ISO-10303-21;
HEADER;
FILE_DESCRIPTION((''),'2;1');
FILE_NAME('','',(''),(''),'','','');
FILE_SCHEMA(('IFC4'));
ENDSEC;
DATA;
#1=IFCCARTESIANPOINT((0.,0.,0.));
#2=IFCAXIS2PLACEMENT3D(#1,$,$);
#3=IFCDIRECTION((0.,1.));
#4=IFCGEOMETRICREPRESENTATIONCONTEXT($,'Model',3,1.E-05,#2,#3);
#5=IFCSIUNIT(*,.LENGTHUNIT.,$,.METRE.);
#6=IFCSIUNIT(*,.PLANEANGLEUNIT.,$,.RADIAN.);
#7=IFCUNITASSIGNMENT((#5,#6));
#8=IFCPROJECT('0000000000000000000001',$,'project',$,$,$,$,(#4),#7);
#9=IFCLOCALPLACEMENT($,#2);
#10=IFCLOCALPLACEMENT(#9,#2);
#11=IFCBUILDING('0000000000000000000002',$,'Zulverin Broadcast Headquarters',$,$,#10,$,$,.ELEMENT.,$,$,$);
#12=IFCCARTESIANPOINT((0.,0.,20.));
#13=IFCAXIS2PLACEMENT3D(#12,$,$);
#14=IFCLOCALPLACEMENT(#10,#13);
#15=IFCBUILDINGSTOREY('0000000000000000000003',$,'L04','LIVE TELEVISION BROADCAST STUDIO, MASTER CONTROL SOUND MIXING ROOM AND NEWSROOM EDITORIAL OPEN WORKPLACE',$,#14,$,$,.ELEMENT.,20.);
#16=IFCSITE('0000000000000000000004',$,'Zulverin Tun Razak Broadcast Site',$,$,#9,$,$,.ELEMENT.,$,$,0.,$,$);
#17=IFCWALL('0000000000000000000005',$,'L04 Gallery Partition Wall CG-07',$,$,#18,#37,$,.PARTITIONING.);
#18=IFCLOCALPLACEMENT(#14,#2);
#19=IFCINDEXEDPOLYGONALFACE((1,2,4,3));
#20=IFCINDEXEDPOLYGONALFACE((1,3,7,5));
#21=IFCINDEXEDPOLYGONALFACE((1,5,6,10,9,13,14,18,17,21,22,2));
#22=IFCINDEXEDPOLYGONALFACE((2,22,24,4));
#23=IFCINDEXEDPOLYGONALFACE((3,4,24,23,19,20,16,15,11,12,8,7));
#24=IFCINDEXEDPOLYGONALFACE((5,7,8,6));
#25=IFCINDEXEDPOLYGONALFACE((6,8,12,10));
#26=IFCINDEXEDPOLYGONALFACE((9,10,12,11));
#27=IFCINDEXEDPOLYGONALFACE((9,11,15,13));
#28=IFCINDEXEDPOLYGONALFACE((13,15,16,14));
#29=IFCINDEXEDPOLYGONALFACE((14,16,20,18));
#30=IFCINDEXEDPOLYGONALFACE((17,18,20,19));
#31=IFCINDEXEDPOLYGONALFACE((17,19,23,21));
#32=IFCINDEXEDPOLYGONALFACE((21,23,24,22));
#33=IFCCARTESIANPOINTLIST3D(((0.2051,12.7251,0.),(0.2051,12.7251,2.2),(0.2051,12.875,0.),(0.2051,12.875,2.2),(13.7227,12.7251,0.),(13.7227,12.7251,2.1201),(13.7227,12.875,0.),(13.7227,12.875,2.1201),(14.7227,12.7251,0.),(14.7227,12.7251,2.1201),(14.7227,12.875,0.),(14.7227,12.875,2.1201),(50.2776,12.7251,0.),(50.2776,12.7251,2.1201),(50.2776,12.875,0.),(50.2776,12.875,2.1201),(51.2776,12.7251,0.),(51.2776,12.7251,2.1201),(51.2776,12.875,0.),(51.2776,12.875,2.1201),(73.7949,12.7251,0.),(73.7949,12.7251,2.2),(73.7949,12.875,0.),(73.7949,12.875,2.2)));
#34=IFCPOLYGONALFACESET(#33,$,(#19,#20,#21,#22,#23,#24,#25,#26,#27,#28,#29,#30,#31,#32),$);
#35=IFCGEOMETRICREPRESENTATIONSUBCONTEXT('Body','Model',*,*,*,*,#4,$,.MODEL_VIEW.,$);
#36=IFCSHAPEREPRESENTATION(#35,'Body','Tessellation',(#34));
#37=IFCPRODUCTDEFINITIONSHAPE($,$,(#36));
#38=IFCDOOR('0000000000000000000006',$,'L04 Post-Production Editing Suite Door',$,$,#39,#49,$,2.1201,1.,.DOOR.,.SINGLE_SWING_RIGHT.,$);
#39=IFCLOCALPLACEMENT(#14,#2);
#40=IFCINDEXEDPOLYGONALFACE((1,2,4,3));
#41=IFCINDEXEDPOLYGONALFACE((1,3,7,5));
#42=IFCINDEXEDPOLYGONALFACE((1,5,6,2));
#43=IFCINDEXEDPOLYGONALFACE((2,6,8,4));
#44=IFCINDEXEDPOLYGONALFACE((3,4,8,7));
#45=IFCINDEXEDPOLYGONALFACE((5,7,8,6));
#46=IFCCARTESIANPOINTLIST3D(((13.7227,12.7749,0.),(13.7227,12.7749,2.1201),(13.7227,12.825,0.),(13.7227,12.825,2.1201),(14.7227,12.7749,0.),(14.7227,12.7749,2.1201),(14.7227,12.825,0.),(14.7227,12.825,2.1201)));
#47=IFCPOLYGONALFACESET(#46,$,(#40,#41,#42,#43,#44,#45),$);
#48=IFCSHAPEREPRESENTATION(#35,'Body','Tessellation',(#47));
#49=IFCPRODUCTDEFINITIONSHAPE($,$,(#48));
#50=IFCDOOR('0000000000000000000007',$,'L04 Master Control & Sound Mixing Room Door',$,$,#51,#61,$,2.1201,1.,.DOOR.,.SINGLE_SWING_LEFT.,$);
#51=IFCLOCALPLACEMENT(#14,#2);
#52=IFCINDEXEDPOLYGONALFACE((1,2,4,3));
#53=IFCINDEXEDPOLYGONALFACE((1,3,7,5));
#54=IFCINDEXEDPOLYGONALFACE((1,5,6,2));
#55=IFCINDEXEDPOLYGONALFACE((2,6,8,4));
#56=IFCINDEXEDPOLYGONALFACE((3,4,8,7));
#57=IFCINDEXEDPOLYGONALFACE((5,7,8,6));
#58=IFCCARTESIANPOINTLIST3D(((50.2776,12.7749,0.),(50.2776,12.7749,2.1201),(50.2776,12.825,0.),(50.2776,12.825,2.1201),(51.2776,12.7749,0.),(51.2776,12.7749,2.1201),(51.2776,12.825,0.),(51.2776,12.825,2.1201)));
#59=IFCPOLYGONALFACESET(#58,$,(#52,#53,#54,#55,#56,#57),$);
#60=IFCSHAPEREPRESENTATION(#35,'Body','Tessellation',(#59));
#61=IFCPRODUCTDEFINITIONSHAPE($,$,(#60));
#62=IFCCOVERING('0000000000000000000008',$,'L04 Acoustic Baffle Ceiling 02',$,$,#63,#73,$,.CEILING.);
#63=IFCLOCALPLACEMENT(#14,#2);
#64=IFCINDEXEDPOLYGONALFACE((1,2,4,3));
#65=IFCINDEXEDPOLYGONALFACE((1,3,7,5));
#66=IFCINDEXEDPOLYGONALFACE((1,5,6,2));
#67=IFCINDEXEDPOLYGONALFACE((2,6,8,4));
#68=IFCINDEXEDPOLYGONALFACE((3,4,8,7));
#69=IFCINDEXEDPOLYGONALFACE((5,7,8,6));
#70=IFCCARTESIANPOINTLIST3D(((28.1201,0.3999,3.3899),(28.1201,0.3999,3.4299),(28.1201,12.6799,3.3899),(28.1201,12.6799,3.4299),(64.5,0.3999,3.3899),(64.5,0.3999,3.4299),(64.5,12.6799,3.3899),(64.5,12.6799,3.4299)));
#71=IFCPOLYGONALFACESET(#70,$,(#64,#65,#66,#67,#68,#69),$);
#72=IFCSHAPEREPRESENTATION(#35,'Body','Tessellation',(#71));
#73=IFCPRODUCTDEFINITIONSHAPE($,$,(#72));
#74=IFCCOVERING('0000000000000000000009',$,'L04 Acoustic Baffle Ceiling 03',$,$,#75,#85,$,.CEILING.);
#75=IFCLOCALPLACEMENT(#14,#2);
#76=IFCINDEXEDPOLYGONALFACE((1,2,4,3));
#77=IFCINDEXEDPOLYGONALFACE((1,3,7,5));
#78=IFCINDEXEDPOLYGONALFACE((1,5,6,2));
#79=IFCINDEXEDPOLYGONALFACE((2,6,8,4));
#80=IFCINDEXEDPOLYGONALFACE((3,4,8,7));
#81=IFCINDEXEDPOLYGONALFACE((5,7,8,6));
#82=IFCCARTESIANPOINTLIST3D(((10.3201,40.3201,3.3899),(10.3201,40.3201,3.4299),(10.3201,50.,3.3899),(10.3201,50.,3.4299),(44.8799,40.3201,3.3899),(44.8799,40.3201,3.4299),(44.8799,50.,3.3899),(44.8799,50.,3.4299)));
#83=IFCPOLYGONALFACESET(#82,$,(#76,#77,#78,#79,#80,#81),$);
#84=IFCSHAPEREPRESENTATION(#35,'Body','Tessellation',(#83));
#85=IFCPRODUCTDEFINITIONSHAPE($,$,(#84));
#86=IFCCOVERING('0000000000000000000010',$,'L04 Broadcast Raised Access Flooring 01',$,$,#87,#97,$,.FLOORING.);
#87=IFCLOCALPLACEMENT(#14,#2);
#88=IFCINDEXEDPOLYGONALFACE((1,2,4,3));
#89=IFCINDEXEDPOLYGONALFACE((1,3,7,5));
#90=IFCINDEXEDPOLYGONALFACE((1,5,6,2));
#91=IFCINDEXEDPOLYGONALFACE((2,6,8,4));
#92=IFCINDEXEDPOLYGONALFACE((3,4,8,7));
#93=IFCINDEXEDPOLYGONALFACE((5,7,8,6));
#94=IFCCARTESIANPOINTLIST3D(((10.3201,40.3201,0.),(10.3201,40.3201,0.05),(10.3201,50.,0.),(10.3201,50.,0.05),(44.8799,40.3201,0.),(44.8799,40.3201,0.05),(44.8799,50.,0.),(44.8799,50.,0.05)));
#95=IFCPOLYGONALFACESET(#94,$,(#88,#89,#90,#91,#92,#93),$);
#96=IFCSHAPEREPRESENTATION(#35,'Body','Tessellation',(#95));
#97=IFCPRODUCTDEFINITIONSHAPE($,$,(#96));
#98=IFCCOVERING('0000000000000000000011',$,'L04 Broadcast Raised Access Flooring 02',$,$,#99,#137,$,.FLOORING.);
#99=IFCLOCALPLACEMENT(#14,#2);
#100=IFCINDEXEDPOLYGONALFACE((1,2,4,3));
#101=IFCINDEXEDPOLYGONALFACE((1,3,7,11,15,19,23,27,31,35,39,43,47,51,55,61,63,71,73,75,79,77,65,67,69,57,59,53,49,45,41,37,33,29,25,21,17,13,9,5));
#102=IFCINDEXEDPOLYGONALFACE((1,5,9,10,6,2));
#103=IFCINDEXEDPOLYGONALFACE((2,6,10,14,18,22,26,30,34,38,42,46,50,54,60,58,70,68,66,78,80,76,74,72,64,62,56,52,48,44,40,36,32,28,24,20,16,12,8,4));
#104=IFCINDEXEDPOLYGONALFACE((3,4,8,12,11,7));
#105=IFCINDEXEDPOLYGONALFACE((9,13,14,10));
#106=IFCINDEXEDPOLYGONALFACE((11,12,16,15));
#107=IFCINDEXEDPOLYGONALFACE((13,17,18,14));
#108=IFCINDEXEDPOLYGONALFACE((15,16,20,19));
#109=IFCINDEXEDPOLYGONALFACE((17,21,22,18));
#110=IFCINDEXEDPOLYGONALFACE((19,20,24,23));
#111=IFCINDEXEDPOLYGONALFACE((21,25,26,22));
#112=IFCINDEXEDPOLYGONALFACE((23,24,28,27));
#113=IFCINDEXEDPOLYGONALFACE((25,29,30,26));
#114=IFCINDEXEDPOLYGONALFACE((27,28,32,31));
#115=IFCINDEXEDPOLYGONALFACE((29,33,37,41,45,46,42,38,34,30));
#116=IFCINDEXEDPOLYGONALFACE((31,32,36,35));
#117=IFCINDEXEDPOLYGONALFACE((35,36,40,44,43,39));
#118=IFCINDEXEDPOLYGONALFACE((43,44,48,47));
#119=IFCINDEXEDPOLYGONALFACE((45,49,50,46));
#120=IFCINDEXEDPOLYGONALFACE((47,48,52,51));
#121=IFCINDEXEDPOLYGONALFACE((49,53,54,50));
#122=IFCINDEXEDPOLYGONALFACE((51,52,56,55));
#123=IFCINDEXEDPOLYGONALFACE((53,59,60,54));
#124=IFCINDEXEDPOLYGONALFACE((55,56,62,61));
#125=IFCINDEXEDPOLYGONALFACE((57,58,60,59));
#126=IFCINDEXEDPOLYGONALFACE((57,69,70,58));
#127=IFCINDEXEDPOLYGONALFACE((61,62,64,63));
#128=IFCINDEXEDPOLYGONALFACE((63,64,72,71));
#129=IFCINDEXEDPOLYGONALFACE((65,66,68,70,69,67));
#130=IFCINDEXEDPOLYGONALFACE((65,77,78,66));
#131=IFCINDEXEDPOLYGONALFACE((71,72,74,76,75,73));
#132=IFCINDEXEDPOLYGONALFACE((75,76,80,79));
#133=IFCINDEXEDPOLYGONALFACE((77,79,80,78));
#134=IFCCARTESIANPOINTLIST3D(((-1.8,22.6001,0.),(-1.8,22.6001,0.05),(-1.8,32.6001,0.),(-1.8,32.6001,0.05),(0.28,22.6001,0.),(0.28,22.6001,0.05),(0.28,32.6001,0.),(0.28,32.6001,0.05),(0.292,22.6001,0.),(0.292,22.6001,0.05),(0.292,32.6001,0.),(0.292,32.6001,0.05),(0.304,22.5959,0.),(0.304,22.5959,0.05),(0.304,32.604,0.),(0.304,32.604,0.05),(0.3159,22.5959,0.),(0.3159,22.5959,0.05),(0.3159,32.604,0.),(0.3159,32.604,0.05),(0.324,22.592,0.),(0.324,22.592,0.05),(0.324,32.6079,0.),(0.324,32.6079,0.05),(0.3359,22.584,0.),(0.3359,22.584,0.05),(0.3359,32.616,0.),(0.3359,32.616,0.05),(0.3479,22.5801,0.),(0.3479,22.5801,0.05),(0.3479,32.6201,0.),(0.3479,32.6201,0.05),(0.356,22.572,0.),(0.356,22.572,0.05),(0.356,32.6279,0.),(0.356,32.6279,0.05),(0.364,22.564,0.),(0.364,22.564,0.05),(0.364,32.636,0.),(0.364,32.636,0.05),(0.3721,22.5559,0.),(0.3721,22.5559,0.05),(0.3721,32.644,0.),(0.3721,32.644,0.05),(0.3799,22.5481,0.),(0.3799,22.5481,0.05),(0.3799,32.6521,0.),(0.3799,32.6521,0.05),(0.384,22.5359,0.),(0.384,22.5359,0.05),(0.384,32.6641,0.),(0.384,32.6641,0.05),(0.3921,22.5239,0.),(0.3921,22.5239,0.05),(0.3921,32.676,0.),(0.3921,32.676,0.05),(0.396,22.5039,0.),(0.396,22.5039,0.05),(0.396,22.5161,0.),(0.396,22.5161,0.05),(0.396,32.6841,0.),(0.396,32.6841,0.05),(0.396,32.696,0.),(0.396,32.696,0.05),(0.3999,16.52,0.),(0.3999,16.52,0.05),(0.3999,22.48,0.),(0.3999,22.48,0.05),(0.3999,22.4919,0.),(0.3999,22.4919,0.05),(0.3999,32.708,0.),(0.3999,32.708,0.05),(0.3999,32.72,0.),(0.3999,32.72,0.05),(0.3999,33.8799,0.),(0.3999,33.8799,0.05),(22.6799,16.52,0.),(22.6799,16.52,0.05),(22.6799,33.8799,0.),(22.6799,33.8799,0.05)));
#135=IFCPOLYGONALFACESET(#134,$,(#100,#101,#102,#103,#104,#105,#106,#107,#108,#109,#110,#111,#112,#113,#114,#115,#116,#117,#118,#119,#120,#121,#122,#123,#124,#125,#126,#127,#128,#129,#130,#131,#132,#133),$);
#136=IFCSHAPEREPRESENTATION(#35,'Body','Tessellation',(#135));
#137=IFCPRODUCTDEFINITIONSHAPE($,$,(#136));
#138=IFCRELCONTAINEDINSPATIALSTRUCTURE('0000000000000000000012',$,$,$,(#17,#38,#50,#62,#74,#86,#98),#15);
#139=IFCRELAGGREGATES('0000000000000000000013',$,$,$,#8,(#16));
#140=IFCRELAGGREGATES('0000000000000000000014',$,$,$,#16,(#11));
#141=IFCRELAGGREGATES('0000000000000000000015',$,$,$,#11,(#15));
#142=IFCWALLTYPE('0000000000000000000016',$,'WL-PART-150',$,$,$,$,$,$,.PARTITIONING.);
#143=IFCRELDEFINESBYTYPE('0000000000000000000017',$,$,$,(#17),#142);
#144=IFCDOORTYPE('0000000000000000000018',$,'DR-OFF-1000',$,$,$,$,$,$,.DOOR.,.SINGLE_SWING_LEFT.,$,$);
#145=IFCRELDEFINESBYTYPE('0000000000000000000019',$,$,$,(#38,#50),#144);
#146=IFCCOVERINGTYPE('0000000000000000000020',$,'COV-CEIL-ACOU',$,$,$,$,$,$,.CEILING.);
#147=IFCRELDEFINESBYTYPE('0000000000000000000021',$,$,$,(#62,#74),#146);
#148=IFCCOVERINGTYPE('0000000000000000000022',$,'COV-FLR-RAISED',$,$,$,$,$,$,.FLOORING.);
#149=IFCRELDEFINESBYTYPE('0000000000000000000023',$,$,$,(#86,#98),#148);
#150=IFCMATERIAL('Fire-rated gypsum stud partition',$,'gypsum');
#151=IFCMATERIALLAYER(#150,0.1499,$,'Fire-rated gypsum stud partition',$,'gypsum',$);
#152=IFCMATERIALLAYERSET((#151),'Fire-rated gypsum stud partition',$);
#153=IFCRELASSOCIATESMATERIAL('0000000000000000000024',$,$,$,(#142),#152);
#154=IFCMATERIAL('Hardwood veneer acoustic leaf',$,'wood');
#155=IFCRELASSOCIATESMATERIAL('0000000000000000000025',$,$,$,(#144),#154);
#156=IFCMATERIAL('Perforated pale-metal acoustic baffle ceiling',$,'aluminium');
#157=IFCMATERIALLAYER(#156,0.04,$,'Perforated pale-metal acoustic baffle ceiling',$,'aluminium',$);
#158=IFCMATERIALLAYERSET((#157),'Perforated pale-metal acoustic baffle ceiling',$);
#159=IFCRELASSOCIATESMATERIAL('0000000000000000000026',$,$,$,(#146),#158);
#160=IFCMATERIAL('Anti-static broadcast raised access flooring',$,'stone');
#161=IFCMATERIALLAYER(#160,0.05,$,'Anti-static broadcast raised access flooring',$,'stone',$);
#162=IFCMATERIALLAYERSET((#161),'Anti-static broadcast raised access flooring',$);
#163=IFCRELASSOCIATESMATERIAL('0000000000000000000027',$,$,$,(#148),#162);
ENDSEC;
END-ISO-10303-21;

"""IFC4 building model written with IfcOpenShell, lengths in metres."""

from ifc_helpers import new_model, si_unit, direction, frame, frame_2d, origin, place, context, subcontext, project, spatial, polyline, rectangle, outline, extrude, material, layer, layer_set, type_object, element, fill, save


model = new_model("IFC4")

# Units and contexts
model_context = context("Model", 3, precision=1e-05, world=origin(), true_north=direction((0.0, 1.0)))
body_context = subcontext(model_context, "Body", "Model", "MODEL_VIEW")
ifc_project = project(units=[si_unit("LENGTHUNIT", "METRE"), si_unit("PLANEANGLEUNIT", "RADIAN")], contexts=[model_context])

# Site, building, storey
site_placement = place(None, origin())
site = spatial("IfcSite", under=ifc_project, at=site_placement, Name="Zulverin Tun Razak Broadcast Site", CompositionType="ELEMENT", RefElevation=0.0)
building_placement = place(site_placement, origin())
building = spatial("IfcBuilding", under=site, at=building_placement, Name="Zulverin Broadcast Headquarters", CompositionType="ELEMENT")
storey_placement = place(building_placement, frame((0.0, 0.0, 20.0)))
storey = spatial("IfcBuildingStorey", under=building, at=storey_placement, Name="L04", Description="LIVE TELEVISION BROADCAST STUDIO, MASTER CONTROL SOUND MIXING ROOM AND NEWSROOM EDITORIAL OPEN WORKPLACE", CompositionType="ELEMENT", Elevation=20.0)

# Wall, openings, doors
ifc_material_1 = material(Name="Fire-rated gypsum stud partition", Category="gypsum")
ifc_layer_1 = layer(ifc_material_1, 0.1499, Name="Fire-rated gypsum stud partition", Category="gypsum")
ifc_layer_set_1 = layer_set([ifc_layer_1], Name="Fire-rated gypsum stud partition")
wall_type_1 = type_object("IfcWallType", Name="WL-PART-150", PredefinedType="PARTITIONING", material=ifc_layer_set_1)
wall_1_placement = place(storey_placement, frame((0.2051, 12.8, 0.0), z_axis=(0.0, 0.0, 1.0), x_axis=(1.0, 0.0, 0.0)))
wall_1 = element("IfcWall", 1, at=wall_1_placement, inside=storey, type_object=wall_type_1, Name="L04 Gallery Partition Wall CG-07", PredefinedType="PARTITIONING", context=body_context, shape_type="SweptSolid", body=[
    extrude(rectangle(XDim=73.5898, YDim=0.1499, at=frame_2d((36.7949, 0.0))), origin(), (0.0, 0.0, 1.0), 2.2),
])
opening_1_placement = place(wall_1_placement, frame((13.5176, 0.0, 0.0)))
opening_1 = element("IfcOpeningElement", 2, at=opening_1_placement, cuts=wall_1, PredefinedType="OPENING", context=body_context, shape_type="SweptSolid", body=[
    extrude(rectangle(XDim=1.0, YDim=2.1201, at=frame_2d((0.5, 1.0601))), frame((0.0, 0.085, 0.0), z_axis=(0.0, -1.0, 0.0), x_axis=(1.0, 0.0, 0.0)), (0.0, 0.0, 1.0), 0.1699),
])
opening_2_placement = place(wall_1_placement, frame((50.0725, 0.0, 0.0)))
opening_2 = element("IfcOpeningElement", 3, at=opening_2_placement, cuts=wall_1, PredefinedType="OPENING", context=body_context, shape_type="SweptSolid", body=[
    extrude(rectangle(XDim=1.0, YDim=2.1201, at=frame_2d((0.5, 1.0601))), frame((0.0, 0.085, 0.0), z_axis=(0.0, -1.0, 0.0), x_axis=(1.0, 0.0, 0.0)), (0.0, 0.0, 1.0), 0.1699),
])
ifc_material_2 = material(Name="Hardwood veneer acoustic leaf", Category="wood")
door_type = type_object("IfcDoorType", Name="DR-OFF-1000", OperationType="SINGLE_SWING_LEFT", PredefinedType="DOOR", material=ifc_material_2)
door_1_placement = place(opening_1_placement, origin())
door_1 = element("IfcDoor", 4, at=door_1_placement, inside=storey, type_object=door_type, Name="L04 Post-Production Editing Suite Door", OperationType="SINGLE_SWING_RIGHT", OverallHeight=2.1201, OverallWidth=1.0, PredefinedType="DOOR", context=body_context, shape_type="SweptSolid", body=[
    extrude(rectangle(XDim=1.0, YDim=2.1201, at=frame_2d((0.5, 1.0601))), frame((0.0, 0.0249, 0.0), z_axis=(0.0, -1.0, 0.0), x_axis=(1.0, 0.0, 0.0)), (0.0, 0.0, 1.0), 0.05),
])
fill(opening_1, door_1)
door_2_placement = place(opening_2_placement, origin())
door_2 = element("IfcDoor", 5, at=door_2_placement, inside=storey, type_object=door_type, Name="L04 Master Control & Sound Mixing Room Door", OperationType="SINGLE_SWING_LEFT", OverallHeight=2.1201, OverallWidth=1.0, PredefinedType="DOOR", context=body_context, shape_type="SweptSolid", body=[
    extrude(rectangle(XDim=1.0, YDim=2.1201, at=frame_2d((0.5, 1.0601))), frame((0.0, 0.0249, 0.0), z_axis=(0.0, -1.0, 0.0), x_axis=(1.0, 0.0, 0.0)), (0.0, 0.0, 1.0), 0.05),
])
fill(opening_2, door_2)

# Coverings
ifc_material_3 = material(Name="Perforated pale-metal acoustic baffle ceiling", Category="aluminium")
ifc_layer_2 = layer(ifc_material_3, 0.04, Name="Perforated pale-metal acoustic baffle ceiling", Category="aluminium")
ifc_layer_set_2 = layer_set([ifc_layer_2], Name="Perforated pale-metal acoustic baffle ceiling")
covering_type_1 = type_object("IfcCoveringType", Name="COV-CEIL-ACOU", PredefinedType="CEILING", material=ifc_layer_set_2)
covering_1_placement = place(storey_placement, frame((0.0, 0.0, 3.3899)))
element("IfcCovering", 6, at=covering_1_placement, inside=storey, type_object=covering_type_1, Name="L04 Acoustic Baffle Ceiling 02", PredefinedType="CEILING", context=body_context, shape_type="SweptSolid", body=[
    extrude(outline(polyline([(28.1201, 12.6799), (28.1201, 0.3999), (64.5, 0.3999), (64.5, 12.6799), (28.1201, 12.6799)])), origin(), (0.0, 0.0, 1.0), 0.04),
])
covering_2_placement = place(storey_placement, frame((0.0, 0.0, 3.3899)))
element("IfcCovering", 7, at=covering_2_placement, inside=storey, type_object=covering_type_1, Name="L04 Acoustic Baffle Ceiling 03", PredefinedType="CEILING", context=body_context, shape_type="SweptSolid", body=[
    extrude(outline(polyline([(44.8799, 50.0), (10.3201, 50.0), (10.3201, 40.3201), (44.8799, 40.3201), (44.8799, 50.0)])), origin(), (0.0, 0.0, 1.0), 0.04),
])
ifc_material_4 = material(Name="Anti-static broadcast raised access flooring", Category="stone")
ifc_layer_3 = layer(ifc_material_4, 0.05, Name="Anti-static broadcast raised access flooring", Category="stone")
ifc_layer_set_3 = layer_set([ifc_layer_3], Name="Anti-static broadcast raised access flooring")
covering_type_2 = type_object("IfcCoveringType", Name="COV-FLR-RAISED", PredefinedType="FLOORING", material=ifc_layer_set_3)
covering_3_placement = place(storey_placement, origin())
element("IfcCovering", 8, at=covering_3_placement, inside=storey, type_object=covering_type_2, Name="L04 Broadcast Raised Access Flooring 01", PredefinedType="FLOORING", context=body_context, shape_type="SweptSolid", body=[
    extrude(outline(polyline([(44.8799, 50.0), (10.3201, 50.0), (10.3201, 40.3201), (44.8799, 40.3201), (44.8799, 50.0)])), origin(), (0.0, 0.0, 1.0), 0.05),
])
covering_4_placement = place(storey_placement, origin())
element("IfcCovering", 9, at=covering_4_placement, inside=storey, type_object=covering_type_2, Name="L04 Broadcast Raised Access Flooring 02", PredefinedType="FLOORING", context=body_context, shape_type="SweptSolid", body=[
    extrude(outline(polyline([(0.292, 32.6001), (0.28, 32.6001), (-1.8, 32.6001), (-1.8, 22.6001), (0.28, 22.6001), (0.292, 22.6001), (0.304, 22.5959), (0.3159, 22.5959), (0.324, 22.592), (0.3359, 22.584), (0.3479, 22.5801), (0.356, 22.572), (0.364, 22.564), (0.3721, 22.5559), (0.3799, 22.5481), (0.384, 22.5359), (0.3921, 22.5239), (0.396, 22.5161), (0.396, 22.5039), (0.3999, 22.4919), (0.3999, 22.48), (0.3999, 16.52), (22.6799, 16.52), (22.6799, 33.8799), (0.3999, 33.8799), (0.3999, 32.72), (0.3999, 32.708), (0.396, 32.696), (0.396, 32.6841), (0.3921, 32.676), (0.384, 32.6641), (0.3799, 32.6521), (0.3721, 32.644), (0.364, 32.636), (0.356, 32.6279), (0.3479, 32.6201), (0.3359, 32.616), (0.324, 32.6079), (0.3159, 32.604), (0.304, 32.604), (0.292, 32.6001)])), origin(), (0.0, 0.0, 1.0), 0.05),
])

save(model, "model.ifc")
